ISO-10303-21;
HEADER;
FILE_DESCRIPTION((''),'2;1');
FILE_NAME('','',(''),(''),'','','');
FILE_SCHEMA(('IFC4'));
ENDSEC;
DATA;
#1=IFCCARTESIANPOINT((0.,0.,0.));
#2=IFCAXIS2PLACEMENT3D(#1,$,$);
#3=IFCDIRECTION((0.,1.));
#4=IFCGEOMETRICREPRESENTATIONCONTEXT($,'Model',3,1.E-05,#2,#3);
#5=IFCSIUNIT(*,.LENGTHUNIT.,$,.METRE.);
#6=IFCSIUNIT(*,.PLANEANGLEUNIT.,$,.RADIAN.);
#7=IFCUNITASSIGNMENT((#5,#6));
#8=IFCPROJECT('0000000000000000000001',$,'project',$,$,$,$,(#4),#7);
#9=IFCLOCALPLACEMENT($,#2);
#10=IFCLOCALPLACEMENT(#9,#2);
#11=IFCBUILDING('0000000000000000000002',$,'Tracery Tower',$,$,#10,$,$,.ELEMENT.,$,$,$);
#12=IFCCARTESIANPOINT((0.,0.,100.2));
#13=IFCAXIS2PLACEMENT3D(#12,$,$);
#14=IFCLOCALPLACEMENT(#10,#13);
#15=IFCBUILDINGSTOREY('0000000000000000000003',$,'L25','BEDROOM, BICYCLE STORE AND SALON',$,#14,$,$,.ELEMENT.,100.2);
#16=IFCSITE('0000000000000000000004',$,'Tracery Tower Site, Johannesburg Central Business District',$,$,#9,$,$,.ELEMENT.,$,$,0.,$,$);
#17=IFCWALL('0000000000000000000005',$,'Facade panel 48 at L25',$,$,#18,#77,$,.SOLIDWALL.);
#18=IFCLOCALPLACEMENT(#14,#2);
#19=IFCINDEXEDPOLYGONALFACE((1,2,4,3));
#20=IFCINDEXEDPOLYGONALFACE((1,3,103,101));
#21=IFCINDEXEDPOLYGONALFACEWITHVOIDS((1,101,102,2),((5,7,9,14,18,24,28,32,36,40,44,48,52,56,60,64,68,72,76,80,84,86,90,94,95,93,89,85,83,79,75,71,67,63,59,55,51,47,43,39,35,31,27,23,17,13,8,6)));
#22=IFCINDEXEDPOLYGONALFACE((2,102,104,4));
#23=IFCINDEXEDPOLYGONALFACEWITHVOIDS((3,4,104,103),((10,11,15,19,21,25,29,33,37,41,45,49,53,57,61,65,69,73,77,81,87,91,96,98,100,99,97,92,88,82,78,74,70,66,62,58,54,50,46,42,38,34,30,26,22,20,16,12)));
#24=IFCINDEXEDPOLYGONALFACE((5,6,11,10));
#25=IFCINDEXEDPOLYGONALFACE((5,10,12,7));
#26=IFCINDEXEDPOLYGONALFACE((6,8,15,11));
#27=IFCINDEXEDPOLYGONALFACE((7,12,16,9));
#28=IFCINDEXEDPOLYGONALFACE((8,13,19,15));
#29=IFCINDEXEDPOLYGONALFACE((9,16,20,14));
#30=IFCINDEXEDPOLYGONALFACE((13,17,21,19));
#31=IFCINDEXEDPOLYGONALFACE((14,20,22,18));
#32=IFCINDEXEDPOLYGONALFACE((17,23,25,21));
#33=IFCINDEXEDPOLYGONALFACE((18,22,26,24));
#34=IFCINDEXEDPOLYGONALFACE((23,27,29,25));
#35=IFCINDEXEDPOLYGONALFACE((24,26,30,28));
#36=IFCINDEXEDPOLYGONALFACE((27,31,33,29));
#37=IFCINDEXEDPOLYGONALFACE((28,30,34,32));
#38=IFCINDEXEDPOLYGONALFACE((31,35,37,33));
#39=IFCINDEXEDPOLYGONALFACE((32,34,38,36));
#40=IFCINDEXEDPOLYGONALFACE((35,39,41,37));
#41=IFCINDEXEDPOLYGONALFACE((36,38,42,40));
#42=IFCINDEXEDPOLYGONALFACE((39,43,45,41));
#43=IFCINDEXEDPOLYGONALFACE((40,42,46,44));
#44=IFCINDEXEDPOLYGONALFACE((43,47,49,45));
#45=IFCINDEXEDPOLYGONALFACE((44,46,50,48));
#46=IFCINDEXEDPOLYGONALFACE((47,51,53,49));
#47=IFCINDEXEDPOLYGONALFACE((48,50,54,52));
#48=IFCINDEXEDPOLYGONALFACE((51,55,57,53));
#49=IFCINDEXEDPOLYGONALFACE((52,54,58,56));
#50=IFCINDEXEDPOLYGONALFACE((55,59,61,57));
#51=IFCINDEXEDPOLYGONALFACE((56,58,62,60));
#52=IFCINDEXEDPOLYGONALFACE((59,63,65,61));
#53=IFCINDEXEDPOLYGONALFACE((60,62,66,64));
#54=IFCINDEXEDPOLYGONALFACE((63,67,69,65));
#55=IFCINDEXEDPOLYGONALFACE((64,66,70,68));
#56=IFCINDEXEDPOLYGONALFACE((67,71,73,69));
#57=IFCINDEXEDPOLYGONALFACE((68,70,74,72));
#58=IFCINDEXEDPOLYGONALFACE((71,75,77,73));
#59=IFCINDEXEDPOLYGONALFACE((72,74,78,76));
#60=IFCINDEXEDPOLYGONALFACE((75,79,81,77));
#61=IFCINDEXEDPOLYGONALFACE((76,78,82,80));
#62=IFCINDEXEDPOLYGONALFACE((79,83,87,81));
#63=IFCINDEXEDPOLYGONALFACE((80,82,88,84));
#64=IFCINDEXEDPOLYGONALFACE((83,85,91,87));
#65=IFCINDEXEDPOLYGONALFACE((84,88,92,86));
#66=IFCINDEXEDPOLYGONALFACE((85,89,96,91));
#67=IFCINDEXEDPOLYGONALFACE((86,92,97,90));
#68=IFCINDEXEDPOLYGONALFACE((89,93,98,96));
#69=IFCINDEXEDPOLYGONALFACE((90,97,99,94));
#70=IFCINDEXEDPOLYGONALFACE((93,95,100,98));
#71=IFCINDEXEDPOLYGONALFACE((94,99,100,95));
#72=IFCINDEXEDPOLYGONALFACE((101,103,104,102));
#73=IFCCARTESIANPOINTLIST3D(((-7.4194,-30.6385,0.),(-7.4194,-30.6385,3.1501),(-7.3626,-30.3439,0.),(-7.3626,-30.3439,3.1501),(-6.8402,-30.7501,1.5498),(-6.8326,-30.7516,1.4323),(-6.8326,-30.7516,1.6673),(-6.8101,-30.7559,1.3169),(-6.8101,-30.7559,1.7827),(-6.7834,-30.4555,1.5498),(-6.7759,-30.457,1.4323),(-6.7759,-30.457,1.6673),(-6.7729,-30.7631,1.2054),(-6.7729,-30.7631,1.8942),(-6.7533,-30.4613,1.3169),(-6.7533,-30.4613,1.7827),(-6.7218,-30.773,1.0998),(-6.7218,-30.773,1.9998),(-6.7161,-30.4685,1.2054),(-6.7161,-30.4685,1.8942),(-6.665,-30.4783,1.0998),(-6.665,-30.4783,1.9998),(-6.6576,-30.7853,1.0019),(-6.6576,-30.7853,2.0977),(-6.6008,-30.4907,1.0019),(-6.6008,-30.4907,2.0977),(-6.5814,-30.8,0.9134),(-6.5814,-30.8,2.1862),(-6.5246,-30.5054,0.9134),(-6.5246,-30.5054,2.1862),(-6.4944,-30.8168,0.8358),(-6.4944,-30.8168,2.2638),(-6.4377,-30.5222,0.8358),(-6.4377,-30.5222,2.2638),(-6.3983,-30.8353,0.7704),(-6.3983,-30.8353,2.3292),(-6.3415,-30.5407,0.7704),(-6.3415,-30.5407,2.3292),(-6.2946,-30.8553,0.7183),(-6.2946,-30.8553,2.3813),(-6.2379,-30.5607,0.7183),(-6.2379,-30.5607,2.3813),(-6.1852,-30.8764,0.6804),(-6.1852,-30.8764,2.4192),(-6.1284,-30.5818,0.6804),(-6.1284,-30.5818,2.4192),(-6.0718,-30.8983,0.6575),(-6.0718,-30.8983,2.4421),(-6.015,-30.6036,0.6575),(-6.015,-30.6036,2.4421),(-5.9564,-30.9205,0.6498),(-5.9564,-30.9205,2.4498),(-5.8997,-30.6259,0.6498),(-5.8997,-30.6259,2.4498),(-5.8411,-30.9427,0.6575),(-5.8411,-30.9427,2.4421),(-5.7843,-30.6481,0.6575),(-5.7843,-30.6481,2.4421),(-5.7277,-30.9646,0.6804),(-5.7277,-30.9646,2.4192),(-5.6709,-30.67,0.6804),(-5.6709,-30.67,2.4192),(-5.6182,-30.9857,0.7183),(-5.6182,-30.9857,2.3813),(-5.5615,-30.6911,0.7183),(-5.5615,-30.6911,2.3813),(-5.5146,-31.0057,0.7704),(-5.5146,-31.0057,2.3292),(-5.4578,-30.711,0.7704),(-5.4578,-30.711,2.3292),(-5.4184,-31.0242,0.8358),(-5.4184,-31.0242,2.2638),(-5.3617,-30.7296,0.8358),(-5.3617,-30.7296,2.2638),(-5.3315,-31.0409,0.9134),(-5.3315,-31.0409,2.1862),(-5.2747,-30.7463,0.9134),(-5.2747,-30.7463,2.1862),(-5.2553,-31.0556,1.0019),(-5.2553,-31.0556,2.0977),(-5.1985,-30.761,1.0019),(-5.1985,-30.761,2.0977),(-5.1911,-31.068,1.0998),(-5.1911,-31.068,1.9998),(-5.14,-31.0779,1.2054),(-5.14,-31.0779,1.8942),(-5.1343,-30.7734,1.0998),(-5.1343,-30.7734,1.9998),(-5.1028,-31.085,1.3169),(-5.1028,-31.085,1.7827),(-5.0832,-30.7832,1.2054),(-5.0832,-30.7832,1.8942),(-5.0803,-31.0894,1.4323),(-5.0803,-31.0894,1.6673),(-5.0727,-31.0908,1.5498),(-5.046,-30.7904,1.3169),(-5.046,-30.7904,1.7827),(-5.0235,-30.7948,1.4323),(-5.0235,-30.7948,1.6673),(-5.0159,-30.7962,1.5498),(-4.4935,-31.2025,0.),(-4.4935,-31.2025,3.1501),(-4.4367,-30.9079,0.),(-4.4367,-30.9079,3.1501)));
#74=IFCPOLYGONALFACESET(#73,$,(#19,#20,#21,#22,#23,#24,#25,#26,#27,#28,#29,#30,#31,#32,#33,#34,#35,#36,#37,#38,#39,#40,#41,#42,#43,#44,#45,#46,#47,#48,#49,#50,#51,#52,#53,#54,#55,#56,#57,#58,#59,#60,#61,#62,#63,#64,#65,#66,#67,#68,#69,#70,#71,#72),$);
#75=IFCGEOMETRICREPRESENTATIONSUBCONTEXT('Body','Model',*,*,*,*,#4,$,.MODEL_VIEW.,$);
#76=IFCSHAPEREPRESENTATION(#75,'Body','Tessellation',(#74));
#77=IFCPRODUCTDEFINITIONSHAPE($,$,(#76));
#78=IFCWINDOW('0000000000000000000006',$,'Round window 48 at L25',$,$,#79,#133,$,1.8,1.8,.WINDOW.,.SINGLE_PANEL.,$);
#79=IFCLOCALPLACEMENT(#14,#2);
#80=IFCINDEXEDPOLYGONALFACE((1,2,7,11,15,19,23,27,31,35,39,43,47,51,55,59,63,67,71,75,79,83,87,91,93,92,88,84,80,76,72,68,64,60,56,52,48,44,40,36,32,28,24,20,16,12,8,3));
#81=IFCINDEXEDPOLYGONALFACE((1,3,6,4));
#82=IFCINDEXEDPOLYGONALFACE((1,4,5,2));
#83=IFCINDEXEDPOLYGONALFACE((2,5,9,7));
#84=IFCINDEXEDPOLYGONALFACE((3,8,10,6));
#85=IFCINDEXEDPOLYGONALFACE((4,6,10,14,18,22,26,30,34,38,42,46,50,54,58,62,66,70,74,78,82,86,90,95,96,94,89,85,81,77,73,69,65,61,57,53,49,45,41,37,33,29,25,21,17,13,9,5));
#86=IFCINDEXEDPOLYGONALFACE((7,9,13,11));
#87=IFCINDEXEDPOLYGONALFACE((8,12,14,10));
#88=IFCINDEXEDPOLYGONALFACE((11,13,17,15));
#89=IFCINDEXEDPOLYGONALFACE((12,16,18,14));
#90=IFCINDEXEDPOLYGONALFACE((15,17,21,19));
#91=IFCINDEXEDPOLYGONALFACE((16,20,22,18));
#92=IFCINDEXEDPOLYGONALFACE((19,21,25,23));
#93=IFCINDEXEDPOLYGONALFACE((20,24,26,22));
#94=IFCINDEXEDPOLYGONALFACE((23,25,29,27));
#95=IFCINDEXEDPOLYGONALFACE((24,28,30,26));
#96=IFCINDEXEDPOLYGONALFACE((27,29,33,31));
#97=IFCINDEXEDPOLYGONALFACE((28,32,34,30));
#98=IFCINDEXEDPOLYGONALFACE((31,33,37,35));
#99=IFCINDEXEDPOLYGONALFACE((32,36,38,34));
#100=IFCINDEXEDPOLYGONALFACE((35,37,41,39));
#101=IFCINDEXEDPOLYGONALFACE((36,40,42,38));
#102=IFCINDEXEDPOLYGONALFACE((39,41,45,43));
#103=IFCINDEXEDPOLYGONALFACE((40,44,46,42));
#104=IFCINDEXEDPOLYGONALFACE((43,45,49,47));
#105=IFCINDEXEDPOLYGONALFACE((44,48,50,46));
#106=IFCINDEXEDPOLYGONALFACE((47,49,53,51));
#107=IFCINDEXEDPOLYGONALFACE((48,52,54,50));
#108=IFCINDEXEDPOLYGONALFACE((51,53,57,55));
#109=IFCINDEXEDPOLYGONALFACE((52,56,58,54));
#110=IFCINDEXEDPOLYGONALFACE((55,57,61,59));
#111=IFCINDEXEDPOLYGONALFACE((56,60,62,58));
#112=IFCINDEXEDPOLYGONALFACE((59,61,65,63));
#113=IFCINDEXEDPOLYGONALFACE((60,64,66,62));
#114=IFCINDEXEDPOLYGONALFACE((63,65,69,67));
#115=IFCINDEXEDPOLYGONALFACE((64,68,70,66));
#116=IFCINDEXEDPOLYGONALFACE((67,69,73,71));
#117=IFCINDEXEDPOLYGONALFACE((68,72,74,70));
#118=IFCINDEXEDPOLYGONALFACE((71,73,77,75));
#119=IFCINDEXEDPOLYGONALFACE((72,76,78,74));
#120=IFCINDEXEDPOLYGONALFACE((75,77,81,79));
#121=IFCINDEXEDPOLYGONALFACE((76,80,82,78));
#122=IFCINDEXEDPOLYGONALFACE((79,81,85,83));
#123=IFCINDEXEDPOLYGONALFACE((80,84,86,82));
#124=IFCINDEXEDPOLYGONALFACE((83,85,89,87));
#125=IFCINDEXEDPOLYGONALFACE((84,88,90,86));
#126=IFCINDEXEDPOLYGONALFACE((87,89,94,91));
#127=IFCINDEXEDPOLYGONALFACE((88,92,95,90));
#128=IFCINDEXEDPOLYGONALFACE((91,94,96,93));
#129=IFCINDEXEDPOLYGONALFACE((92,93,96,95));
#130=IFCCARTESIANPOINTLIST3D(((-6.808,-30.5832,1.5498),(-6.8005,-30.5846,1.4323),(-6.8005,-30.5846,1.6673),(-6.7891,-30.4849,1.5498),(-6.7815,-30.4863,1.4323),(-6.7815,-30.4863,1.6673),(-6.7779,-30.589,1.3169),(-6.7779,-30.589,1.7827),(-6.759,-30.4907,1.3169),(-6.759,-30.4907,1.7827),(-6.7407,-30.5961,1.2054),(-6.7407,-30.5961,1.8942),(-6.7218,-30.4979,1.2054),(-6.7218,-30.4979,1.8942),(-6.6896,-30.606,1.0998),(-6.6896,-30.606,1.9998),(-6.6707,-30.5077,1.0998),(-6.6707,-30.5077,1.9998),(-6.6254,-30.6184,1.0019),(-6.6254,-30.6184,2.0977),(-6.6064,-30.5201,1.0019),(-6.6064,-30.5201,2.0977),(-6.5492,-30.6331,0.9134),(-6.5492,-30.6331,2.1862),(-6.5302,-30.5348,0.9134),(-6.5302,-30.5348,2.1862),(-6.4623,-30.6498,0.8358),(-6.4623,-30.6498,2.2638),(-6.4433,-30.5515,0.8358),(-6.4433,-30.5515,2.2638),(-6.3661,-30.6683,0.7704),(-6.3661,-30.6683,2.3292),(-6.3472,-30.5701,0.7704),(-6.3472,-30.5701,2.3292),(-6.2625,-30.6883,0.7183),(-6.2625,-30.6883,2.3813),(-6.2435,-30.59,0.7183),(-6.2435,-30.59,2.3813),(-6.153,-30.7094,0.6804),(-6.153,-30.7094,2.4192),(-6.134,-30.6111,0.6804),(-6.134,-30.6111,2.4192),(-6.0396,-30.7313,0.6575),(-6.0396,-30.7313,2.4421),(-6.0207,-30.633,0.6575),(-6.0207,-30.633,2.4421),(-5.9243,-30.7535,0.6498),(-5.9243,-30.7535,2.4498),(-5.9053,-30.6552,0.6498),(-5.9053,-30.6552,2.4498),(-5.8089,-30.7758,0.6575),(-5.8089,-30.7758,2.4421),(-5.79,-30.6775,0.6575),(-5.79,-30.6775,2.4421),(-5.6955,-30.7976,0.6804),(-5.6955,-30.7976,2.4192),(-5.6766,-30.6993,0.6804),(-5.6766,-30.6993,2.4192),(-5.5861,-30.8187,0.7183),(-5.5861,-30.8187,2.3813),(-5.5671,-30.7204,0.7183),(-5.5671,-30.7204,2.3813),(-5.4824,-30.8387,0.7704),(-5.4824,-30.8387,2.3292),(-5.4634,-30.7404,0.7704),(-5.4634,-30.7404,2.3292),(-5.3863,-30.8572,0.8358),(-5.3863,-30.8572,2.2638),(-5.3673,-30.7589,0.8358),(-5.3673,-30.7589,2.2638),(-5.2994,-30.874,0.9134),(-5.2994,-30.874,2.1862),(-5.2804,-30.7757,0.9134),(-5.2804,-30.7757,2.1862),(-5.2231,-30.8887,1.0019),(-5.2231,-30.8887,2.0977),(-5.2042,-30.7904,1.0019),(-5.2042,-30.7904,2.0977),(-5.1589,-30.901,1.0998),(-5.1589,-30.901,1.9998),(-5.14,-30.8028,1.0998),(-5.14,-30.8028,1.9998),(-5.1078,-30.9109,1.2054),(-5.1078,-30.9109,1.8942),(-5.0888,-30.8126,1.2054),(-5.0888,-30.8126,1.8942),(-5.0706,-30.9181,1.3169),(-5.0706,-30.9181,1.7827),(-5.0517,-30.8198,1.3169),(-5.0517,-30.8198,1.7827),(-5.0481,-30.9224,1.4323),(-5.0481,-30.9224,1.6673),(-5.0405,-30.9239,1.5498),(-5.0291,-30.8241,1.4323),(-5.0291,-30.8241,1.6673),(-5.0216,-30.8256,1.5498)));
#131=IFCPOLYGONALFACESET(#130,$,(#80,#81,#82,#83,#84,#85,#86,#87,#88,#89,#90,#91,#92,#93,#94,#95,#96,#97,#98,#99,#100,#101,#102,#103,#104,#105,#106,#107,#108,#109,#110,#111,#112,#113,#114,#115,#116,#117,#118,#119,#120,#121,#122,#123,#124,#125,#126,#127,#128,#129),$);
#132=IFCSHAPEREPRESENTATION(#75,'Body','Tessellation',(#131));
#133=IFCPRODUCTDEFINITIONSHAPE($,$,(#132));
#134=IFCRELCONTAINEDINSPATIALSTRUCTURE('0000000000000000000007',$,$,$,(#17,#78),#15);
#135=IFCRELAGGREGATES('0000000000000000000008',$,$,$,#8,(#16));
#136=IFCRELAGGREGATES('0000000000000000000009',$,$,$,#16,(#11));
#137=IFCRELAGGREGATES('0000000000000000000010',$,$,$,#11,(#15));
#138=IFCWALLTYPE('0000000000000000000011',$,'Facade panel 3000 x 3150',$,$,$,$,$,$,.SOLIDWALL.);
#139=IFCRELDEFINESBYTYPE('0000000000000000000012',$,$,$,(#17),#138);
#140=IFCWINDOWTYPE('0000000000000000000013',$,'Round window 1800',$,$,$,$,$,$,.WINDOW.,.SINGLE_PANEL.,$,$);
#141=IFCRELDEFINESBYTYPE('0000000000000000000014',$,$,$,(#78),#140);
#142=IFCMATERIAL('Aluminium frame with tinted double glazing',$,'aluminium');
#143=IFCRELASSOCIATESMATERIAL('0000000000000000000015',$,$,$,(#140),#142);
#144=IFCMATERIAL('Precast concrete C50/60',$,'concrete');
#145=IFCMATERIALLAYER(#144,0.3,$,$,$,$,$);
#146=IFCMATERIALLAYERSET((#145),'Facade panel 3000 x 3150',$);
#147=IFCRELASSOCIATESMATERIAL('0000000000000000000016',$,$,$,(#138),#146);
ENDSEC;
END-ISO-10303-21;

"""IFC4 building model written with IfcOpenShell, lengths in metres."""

from ifc_helpers import new_model, si_unit, direction, frame, frame_2d, origin, origin_2d, place, context, subcontext, project, spatial, rectangle, circle, extrude, material, layer, layer_set, type_object, element, fill, save


model = new_model("IFC4")

# Units and contexts
model_context = context("Model", 3, precision=1e-05, world=origin(), true_north=direction((0.0, 1.0)))
body_context = subcontext(model_context, "Body", "Model", "MODEL_VIEW")
ifc_project = project(units=[si_unit("LENGTHUNIT", "METRE"), si_unit("PLANEANGLEUNIT", "RADIAN")], contexts=[model_context])

# Site, building, storey
site_placement = place(None, origin())
site = spatial("IfcSite", under=ifc_project, at=site_placement, Name="Tracery Tower Site, Johannesburg Central Business District", CompositionType="ELEMENT", RefElevation=0.0)
building_placement = place(site_placement, origin())
building = spatial("IfcBuilding", under=site, at=building_placement, Name="Tracery Tower", CompositionType="ELEMENT")
storey_placement = place(building_placement, frame((0.0, 0.0, 100.2)))
storey = spatial("IfcBuildingStorey", under=building, at=storey_placement, Name="L25", Description="BEDROOM, BICYCLE STORE AND SALON", CompositionType="ELEMENT", Elevation=100.2)

# Wall, opening, window
ifc_material_1 = material(Name="Aluminium frame with tinted double glazing", Category="aluminium")
window_type = type_object("IfcWindowType", Name="Round window 1800", PartitioningType="SINGLE_PANEL", PredefinedType="WINDOW", material=ifc_material_1)
ifc_material_2 = material(Name="Precast concrete C50/60", Category="concrete")
ifc_layer_1 = layer(ifc_material_2, 0.3)
ifc_layer_set_1 = layer_set([ifc_layer_1], Name="Facade panel 3000 x 3150")
wall_type_1 = type_object("IfcWallType", Name="Facade panel 3000 x 3150", PredefinedType="SOLIDWALL", material=ifc_layer_set_1)
wall_1_placement = place(storey_placement, frame((-7.3909, -30.4912, 0.0), z_axis=(0.0, 0.0, 1.0), x_axis=(0.981925, -0.189273, 0.0)))
wall_1 = element("IfcWall", 1, at=wall_1_placement, inside=storey, type_object=wall_type_1, Name="Facade panel 48 at L25", PredefinedType="SOLIDWALL", context=body_context, shape_type="SweptSolid", body=[
    extrude(rectangle(XDim=2.9797, YDim=0.3, at=frame_2d((1.4897, 0.0))), origin(), (0.0, 0.0, 1.0), 3.1501),
])
opening_1_placement = place(wall_1_placement, frame((1.4897, 0.0, 1.5498)))
opening_1 = element("IfcOpeningElement", 2, at=opening_1_placement, cuts=wall_1, PredefinedType="OPENING", context=body_context, shape_type="SweptSolid", body=[
    extrude(circle(Radius=0.9, at=origin_2d()), frame((0.0, 0.1599, 0.0), z_axis=(0.0, -1.0, 0.0), x_axis=(1.0, 0.0, 0.0)), (0.0, 0.0, 1.0), 0.3201),
])
window_1_placement = place(opening_1_placement, origin())
window_1 = element("IfcWindow", 3, at=window_1_placement, inside=storey, type_object=window_type, Name="Round window 48 at L25", OverallHeight=1.8, OverallWidth=1.8, PartitioningType="SINGLE_PANEL", PredefinedType="WINDOW", context=body_context, shape_type="SweptSolid", body=[
    extrude(circle(Radius=0.9, at=origin_2d()), frame((0.0, 0.1201, 0.0), z_axis=(0.0, -1.0, 0.0), x_axis=(1.0, 0.0, 0.0)), (0.0, 0.0, 1.0), 0.1001),
])
fill(opening_1, window_1)

save(model, "model.ifc")
